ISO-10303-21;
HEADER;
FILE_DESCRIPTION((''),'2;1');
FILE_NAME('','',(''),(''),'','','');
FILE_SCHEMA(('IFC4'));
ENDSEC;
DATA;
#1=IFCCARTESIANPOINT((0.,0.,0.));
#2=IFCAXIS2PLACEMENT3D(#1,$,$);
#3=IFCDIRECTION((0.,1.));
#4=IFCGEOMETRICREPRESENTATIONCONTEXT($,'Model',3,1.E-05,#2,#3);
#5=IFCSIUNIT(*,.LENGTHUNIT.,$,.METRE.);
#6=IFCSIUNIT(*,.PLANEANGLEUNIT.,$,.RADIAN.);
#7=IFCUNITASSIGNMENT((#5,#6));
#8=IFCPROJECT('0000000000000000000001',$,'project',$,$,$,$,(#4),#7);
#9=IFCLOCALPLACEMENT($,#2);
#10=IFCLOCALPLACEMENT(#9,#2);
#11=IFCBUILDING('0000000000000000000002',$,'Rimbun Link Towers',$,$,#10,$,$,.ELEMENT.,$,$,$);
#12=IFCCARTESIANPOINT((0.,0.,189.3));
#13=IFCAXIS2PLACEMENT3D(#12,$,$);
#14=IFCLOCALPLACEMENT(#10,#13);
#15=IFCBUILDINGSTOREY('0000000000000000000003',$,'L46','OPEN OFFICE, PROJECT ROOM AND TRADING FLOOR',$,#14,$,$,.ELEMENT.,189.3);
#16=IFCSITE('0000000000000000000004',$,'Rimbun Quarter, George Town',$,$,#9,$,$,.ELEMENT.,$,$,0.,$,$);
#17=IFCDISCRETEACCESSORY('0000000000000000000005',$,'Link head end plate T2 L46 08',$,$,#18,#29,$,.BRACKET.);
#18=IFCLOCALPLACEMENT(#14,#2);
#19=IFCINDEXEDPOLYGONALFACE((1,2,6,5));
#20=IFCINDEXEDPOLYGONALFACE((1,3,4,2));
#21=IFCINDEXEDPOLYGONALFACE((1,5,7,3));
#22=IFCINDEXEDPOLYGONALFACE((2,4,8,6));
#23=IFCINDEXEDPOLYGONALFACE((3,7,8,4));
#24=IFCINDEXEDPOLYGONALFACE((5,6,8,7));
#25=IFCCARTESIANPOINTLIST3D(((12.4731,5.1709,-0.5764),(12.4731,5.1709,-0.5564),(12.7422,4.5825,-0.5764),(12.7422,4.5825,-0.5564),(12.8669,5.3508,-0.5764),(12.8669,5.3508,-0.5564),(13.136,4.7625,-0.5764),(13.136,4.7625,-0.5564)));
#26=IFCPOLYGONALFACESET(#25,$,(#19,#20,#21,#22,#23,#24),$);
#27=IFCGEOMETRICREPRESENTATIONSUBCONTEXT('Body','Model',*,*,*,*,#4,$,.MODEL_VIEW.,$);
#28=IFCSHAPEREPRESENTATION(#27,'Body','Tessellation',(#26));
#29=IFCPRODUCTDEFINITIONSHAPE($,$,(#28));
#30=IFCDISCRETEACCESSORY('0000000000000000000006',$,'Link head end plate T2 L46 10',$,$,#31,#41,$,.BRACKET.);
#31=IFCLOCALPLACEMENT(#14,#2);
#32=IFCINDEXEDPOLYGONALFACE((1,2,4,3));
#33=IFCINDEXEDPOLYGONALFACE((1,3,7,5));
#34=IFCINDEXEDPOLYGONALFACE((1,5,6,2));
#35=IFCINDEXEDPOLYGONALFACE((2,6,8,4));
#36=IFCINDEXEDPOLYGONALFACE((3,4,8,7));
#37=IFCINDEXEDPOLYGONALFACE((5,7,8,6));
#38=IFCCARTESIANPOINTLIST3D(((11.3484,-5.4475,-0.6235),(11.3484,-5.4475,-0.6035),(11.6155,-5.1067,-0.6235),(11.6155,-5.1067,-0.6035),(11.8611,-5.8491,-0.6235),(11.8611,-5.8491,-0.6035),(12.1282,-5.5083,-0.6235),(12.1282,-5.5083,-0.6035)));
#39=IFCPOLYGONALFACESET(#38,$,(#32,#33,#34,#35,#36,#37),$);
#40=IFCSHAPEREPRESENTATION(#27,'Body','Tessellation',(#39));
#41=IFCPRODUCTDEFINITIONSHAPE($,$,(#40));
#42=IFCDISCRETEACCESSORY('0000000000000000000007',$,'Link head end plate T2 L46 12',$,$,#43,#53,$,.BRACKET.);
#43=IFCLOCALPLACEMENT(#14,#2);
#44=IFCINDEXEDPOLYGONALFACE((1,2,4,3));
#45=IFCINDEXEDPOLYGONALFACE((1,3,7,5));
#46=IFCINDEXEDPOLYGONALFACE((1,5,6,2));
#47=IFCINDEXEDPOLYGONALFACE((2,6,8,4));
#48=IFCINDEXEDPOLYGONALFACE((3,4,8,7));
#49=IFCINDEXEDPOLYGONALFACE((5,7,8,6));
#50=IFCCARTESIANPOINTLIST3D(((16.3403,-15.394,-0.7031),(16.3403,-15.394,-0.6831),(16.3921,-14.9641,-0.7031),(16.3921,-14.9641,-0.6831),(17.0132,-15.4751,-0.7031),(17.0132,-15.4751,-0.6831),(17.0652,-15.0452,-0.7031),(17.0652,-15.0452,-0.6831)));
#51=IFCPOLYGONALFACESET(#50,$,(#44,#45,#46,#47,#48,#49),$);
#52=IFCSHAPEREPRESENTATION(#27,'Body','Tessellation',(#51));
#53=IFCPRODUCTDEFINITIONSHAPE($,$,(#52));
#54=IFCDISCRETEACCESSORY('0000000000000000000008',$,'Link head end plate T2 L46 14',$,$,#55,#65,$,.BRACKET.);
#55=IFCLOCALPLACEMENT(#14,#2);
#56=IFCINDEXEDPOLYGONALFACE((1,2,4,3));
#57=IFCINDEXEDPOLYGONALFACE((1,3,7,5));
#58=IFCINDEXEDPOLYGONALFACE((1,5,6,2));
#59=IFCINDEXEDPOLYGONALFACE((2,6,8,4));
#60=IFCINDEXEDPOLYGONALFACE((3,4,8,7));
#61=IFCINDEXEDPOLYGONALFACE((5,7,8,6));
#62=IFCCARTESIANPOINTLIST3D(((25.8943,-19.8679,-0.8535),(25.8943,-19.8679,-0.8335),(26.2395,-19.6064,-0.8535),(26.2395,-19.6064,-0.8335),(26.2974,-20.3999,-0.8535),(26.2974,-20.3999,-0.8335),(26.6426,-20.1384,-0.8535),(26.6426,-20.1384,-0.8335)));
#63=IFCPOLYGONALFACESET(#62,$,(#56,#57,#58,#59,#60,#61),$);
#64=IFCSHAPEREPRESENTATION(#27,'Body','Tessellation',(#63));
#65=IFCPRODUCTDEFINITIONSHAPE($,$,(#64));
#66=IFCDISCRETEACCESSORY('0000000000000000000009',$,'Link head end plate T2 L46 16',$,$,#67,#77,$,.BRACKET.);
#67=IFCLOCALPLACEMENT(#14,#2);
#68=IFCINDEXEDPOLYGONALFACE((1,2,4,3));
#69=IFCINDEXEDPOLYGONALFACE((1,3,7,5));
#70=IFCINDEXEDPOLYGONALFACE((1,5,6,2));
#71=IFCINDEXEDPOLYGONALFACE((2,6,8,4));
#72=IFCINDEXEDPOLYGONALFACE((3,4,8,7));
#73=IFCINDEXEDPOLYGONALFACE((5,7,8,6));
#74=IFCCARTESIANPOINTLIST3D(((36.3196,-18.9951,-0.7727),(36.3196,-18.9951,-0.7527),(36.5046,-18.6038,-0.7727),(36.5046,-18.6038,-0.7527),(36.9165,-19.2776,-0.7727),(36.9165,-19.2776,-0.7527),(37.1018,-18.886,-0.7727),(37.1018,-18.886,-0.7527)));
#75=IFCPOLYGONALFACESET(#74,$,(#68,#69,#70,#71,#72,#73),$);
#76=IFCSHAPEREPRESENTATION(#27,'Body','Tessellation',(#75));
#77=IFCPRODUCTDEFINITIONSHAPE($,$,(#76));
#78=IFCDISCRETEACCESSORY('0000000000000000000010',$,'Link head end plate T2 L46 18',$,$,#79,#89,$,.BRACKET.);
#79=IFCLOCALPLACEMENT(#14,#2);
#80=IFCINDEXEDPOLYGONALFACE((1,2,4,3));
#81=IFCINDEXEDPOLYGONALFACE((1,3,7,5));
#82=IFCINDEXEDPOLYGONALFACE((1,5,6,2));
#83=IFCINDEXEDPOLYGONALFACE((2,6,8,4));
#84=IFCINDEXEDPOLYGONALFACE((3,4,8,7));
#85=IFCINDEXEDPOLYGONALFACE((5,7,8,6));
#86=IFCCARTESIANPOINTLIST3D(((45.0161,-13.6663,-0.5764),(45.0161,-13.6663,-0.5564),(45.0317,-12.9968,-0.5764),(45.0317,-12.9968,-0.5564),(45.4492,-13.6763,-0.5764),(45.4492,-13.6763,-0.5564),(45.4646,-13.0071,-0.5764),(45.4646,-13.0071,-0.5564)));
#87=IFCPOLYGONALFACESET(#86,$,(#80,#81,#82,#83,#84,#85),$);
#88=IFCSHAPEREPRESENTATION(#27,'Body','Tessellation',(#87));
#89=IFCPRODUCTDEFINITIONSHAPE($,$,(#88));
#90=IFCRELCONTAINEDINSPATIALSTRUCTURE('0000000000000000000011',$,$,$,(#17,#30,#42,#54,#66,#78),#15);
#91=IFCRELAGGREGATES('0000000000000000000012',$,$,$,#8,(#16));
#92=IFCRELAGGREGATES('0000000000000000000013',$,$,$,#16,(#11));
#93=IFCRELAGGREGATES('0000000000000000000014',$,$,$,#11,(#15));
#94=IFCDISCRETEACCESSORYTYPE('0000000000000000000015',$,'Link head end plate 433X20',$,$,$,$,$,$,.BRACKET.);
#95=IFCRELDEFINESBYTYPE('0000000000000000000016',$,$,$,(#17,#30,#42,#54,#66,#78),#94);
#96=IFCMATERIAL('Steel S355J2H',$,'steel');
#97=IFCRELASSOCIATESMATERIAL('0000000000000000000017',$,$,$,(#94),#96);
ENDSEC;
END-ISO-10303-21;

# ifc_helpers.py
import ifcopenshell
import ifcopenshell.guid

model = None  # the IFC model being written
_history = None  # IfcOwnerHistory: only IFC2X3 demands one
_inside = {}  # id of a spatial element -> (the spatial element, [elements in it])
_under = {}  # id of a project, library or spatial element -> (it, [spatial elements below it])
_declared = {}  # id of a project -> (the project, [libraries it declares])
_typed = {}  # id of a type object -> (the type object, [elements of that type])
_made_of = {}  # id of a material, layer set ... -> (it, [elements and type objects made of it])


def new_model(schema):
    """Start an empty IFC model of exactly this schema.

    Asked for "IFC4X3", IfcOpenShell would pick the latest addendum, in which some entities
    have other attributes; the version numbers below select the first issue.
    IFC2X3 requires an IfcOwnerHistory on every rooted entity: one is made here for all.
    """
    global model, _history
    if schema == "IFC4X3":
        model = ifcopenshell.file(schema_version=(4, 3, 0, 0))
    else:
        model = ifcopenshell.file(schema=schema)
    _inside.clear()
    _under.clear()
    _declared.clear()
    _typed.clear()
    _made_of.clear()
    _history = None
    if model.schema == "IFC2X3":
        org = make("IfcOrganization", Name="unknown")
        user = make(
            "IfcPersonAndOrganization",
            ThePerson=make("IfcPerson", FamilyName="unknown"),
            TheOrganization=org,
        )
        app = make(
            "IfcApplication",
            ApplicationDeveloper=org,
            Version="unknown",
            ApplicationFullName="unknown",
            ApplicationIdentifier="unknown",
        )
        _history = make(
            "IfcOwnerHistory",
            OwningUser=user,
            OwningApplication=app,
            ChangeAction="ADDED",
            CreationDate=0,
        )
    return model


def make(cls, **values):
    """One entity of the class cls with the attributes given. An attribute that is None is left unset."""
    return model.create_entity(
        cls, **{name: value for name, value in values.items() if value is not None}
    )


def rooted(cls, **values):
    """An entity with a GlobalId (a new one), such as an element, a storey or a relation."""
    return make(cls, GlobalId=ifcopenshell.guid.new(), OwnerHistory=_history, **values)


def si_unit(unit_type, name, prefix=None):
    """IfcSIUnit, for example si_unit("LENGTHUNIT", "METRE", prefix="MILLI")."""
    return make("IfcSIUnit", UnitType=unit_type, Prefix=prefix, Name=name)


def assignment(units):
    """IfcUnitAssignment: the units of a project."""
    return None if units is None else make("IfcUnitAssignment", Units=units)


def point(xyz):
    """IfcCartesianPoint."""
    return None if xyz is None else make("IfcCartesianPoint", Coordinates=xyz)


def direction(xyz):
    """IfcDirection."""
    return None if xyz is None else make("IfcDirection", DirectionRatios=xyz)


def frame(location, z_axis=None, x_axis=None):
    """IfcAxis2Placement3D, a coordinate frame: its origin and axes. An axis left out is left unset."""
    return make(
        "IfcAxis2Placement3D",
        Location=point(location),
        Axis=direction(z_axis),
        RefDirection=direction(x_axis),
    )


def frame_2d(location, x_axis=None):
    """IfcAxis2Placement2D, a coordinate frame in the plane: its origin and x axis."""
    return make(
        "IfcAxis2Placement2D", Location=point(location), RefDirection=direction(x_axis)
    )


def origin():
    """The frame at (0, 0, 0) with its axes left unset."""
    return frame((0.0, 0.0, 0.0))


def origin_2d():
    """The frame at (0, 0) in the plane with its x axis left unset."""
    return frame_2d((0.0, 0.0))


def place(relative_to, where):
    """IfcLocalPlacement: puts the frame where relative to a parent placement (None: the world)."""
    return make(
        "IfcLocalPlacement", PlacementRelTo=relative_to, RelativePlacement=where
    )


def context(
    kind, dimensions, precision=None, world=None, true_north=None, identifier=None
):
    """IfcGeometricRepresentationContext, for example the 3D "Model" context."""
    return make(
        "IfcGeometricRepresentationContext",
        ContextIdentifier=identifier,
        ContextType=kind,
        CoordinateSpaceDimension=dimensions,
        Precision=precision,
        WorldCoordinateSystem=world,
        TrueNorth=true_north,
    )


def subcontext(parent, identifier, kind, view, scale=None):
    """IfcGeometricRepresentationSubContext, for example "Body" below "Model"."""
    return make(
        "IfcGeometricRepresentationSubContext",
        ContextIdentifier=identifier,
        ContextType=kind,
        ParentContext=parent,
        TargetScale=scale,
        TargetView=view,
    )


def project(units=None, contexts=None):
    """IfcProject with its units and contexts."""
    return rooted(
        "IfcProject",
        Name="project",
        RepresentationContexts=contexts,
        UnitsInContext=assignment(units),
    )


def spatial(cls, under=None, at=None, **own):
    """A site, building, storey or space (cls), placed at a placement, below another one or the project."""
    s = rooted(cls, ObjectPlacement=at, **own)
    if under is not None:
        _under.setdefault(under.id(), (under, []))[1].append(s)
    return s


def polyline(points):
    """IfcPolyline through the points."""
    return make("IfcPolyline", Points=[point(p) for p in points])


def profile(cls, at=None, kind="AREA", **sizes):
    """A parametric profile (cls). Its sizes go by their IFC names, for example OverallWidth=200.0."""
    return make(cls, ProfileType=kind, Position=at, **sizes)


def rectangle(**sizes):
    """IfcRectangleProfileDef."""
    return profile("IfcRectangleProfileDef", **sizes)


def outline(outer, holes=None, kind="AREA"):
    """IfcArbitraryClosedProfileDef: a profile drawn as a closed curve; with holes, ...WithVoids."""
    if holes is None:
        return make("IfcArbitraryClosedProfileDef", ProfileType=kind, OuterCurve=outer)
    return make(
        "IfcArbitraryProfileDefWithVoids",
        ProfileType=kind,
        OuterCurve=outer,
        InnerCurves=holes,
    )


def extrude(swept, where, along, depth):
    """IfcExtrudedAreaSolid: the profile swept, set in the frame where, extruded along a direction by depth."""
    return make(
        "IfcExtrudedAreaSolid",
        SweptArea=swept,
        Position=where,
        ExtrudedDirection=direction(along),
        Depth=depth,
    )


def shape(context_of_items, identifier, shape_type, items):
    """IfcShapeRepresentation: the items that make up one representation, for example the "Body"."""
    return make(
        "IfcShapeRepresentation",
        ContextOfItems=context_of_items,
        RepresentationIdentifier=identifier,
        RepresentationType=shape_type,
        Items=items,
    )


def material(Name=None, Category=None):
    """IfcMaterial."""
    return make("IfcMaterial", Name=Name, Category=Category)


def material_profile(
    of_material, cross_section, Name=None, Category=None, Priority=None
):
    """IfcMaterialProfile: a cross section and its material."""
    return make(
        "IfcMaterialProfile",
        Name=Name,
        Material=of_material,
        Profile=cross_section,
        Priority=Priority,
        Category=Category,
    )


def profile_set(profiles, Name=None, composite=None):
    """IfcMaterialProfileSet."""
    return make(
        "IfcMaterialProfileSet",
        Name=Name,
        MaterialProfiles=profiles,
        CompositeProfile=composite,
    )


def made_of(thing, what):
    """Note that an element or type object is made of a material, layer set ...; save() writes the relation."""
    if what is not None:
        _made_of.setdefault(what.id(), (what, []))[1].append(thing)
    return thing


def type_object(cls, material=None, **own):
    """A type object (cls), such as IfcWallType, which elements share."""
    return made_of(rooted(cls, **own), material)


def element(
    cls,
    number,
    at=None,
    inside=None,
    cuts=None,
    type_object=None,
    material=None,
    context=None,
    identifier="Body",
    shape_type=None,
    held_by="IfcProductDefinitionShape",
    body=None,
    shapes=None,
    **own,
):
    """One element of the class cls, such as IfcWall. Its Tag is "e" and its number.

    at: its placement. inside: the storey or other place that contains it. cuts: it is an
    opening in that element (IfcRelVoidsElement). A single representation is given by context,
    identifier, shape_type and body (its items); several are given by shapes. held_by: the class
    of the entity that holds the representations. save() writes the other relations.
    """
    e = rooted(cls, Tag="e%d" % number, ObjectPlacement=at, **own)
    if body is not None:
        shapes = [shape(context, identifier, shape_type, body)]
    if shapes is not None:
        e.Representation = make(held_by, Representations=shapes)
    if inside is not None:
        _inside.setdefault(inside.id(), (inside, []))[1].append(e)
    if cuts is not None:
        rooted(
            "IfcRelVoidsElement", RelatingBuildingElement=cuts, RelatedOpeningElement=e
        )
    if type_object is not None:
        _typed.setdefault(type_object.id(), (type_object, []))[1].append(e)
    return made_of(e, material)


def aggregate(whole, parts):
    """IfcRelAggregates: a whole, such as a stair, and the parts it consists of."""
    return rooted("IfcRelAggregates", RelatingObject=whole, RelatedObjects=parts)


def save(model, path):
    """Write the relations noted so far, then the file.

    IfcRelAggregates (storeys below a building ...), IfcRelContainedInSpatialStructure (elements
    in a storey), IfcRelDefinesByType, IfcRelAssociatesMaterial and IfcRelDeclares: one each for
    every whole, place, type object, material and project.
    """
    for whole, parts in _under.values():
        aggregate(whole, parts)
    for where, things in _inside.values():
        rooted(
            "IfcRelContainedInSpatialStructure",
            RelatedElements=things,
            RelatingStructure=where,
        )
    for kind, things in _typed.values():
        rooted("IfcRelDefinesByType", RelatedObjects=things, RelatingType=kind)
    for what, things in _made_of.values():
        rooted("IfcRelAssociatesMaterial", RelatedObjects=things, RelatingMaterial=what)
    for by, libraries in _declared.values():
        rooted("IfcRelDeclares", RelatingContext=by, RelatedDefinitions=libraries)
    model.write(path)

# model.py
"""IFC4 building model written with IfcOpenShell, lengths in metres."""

from ifc_helpers import new_model, si_unit, direction, frame, origin, origin_2d, place, context, subcontext, project, spatial, polyline, rectangle, outline, extrude, material, material_profile, profile_set, type_object, element, save


model = new_model("IFC4")

# Units and contexts
model_context = context("Model", 3, precision=1e-05, world=origin(), true_north=direction((0.0, 1.0)))
body_context = subcontext(model_context, "Body", "Model", "MODEL_VIEW")
ifc_project = project(units=[si_unit("LENGTHUNIT", "METRE"), si_unit("PLANEANGLEUNIT", "RADIAN")], contexts=[model_context])

# Site, building, storey
site_placement = place(None, origin())
site = spatial("IfcSite", under=ifc_project, at=site_placement, Name="Rimbun Quarter, George Town", CompositionType="ELEMENT", RefElevation=0.0)
building_placement = place(site_placement, origin())
building = spatial("IfcBuilding", under=site, at=building_placement, Name="Rimbun Link Towers", CompositionType="ELEMENT")
storey_placement = place(building_placement, frame((0.0, 0.0, 189.3)))
storey = spatial("IfcBuildingStorey", under=building, at=storey_placement, Name="L46", Description="OPEN OFFICE, PROJECT ROOM AND TRADING FLOOR", CompositionType="ELEMENT", Elevation=189.3)

# Discrete accessories
ifc_material_1 = material(Name="Steel S355J2H", Category="steel")
ifc_material_profile_1 = material_profile(ifc_material_1, rectangle(XDim=0.4331, YDim=0.4331, at=origin_2d()), Name="PL 433x433")
ifc_profile_set_1 = profile_set([ifc_material_profile_1], Name="Steel S355J2H")
discrete_accessory_type_1 = type_object("IfcDiscreteAccessoryType", Name="Link head end plate 433X20", PredefinedType="BRACKET", material=ifc_profile_set_1)
discrete_accessory_1_placement = place(storey_placement, frame((0.0, 0.0, -0.5764)))
element("IfcDiscreteAccessory", 1, at=discrete_accessory_1_placement, inside=storey, type_object=discrete_accessory_type_1, Name="Link head end plate T2 L46 08", PredefinedType="BRACKET", context=body_context, shape_type="SweptSolid", body=[
    extrude(outline(polyline([(13.136, 4.7625), (12.8669, 5.3508), (12.4731, 5.1709), (12.7422, 4.5825), (13.136, 4.7625)])), origin(), (0.0, 0.0, 1.0), 0.02),
])
discrete_accessory_2_placement = place(storey_placement, frame((0.0, 0.0, -0.6235)))
element("IfcDiscreteAccessory", 2, at=discrete_accessory_2_placement, inside=storey, type_object=discrete_accessory_type_1, Name="Link head end plate T2 L46 10", PredefinedType="BRACKET", context=body_context, shape_type="SweptSolid", body=[
    extrude(outline(polyline([(12.1282, -5.5083), (11.6155, -5.1067), (11.3484, -5.4475), (11.8611, -5.8491), (12.1282, -5.5083)])), origin(), (0.0, 0.0, 1.0), 0.02),
])
discrete_accessory_3_placement = place(storey_placement, frame((0.0, 0.0, -0.7031)))
element("IfcDiscreteAccessory", 3, at=discrete_accessory_3_placement, inside=storey, type_object=discrete_accessory_type_1, Name="Link head end plate T2 L46 12", PredefinedType="BRACKET", context=body_context, shape_type="SweptSolid", body=[
    extrude(outline(polyline([(17.0652, -15.0452), (16.3921, -14.9641), (16.3403, -15.394), (17.0132, -15.4751), (17.0652, -15.0452)])), origin(), (0.0, 0.0, 1.0), 0.02),
])
discrete_accessory_4_placement = place(storey_placement, frame((0.0, 0.0, -0.8535)))
element("IfcDiscreteAccessory", 4, at=discrete_accessory_4_placement, inside=storey, type_object=discrete_accessory_type_1, Name="Link head end plate T2 L46 14", PredefinedType="BRACKET", context=body_context, shape_type="SweptSolid", body=[
    extrude(outline(polyline([(25.8943, -19.8679), (26.2974, -20.3999), (26.6426, -20.1384), (26.2395, -19.6064), (25.8943, -19.8679)])), origin(), (0.0, 0.0, 1.0), 0.02),
])
discrete_accessory_5_placement = place(storey_placement, frame((0.0, 0.0, -0.7727)))
element("IfcDiscreteAccessory", 5, at=discrete_accessory_5_placement, inside=storey, type_object=discrete_accessory_type_1, Name="Link head end plate T2 L46 16", PredefinedType="BRACKET", context=body_context, shape_type="SweptSolid", body=[
    extrude(outline(polyline([(36.3196, -18.9951), (36.9165, -19.2776), (37.1018, -18.886), (36.5046, -18.6038), (36.3196, -18.9951)])), origin(), (0.0, 0.0, 1.0), 0.02),
])
discrete_accessory_6_placement = place(storey_placement, frame((0.0, 0.0, -0.5764)))
element("IfcDiscreteAccessory", 6, at=discrete_accessory_6_placement, inside=storey, type_object=discrete_accessory_type_1, Name="Link head end plate T2 L46 18", PredefinedType="BRACKET", context=body_context, shape_type="SweptSolid", body=[
    extrude(outline(polyline([(45.0317, -12.9968), (45.0161, -13.6663), (45.4492, -13.6763), (45.4646, -13.0071), (45.0317, -12.9968)])), origin(), (0.0, 0.0, 1.0), 0.02),
])

save(model, "model.ifc")
